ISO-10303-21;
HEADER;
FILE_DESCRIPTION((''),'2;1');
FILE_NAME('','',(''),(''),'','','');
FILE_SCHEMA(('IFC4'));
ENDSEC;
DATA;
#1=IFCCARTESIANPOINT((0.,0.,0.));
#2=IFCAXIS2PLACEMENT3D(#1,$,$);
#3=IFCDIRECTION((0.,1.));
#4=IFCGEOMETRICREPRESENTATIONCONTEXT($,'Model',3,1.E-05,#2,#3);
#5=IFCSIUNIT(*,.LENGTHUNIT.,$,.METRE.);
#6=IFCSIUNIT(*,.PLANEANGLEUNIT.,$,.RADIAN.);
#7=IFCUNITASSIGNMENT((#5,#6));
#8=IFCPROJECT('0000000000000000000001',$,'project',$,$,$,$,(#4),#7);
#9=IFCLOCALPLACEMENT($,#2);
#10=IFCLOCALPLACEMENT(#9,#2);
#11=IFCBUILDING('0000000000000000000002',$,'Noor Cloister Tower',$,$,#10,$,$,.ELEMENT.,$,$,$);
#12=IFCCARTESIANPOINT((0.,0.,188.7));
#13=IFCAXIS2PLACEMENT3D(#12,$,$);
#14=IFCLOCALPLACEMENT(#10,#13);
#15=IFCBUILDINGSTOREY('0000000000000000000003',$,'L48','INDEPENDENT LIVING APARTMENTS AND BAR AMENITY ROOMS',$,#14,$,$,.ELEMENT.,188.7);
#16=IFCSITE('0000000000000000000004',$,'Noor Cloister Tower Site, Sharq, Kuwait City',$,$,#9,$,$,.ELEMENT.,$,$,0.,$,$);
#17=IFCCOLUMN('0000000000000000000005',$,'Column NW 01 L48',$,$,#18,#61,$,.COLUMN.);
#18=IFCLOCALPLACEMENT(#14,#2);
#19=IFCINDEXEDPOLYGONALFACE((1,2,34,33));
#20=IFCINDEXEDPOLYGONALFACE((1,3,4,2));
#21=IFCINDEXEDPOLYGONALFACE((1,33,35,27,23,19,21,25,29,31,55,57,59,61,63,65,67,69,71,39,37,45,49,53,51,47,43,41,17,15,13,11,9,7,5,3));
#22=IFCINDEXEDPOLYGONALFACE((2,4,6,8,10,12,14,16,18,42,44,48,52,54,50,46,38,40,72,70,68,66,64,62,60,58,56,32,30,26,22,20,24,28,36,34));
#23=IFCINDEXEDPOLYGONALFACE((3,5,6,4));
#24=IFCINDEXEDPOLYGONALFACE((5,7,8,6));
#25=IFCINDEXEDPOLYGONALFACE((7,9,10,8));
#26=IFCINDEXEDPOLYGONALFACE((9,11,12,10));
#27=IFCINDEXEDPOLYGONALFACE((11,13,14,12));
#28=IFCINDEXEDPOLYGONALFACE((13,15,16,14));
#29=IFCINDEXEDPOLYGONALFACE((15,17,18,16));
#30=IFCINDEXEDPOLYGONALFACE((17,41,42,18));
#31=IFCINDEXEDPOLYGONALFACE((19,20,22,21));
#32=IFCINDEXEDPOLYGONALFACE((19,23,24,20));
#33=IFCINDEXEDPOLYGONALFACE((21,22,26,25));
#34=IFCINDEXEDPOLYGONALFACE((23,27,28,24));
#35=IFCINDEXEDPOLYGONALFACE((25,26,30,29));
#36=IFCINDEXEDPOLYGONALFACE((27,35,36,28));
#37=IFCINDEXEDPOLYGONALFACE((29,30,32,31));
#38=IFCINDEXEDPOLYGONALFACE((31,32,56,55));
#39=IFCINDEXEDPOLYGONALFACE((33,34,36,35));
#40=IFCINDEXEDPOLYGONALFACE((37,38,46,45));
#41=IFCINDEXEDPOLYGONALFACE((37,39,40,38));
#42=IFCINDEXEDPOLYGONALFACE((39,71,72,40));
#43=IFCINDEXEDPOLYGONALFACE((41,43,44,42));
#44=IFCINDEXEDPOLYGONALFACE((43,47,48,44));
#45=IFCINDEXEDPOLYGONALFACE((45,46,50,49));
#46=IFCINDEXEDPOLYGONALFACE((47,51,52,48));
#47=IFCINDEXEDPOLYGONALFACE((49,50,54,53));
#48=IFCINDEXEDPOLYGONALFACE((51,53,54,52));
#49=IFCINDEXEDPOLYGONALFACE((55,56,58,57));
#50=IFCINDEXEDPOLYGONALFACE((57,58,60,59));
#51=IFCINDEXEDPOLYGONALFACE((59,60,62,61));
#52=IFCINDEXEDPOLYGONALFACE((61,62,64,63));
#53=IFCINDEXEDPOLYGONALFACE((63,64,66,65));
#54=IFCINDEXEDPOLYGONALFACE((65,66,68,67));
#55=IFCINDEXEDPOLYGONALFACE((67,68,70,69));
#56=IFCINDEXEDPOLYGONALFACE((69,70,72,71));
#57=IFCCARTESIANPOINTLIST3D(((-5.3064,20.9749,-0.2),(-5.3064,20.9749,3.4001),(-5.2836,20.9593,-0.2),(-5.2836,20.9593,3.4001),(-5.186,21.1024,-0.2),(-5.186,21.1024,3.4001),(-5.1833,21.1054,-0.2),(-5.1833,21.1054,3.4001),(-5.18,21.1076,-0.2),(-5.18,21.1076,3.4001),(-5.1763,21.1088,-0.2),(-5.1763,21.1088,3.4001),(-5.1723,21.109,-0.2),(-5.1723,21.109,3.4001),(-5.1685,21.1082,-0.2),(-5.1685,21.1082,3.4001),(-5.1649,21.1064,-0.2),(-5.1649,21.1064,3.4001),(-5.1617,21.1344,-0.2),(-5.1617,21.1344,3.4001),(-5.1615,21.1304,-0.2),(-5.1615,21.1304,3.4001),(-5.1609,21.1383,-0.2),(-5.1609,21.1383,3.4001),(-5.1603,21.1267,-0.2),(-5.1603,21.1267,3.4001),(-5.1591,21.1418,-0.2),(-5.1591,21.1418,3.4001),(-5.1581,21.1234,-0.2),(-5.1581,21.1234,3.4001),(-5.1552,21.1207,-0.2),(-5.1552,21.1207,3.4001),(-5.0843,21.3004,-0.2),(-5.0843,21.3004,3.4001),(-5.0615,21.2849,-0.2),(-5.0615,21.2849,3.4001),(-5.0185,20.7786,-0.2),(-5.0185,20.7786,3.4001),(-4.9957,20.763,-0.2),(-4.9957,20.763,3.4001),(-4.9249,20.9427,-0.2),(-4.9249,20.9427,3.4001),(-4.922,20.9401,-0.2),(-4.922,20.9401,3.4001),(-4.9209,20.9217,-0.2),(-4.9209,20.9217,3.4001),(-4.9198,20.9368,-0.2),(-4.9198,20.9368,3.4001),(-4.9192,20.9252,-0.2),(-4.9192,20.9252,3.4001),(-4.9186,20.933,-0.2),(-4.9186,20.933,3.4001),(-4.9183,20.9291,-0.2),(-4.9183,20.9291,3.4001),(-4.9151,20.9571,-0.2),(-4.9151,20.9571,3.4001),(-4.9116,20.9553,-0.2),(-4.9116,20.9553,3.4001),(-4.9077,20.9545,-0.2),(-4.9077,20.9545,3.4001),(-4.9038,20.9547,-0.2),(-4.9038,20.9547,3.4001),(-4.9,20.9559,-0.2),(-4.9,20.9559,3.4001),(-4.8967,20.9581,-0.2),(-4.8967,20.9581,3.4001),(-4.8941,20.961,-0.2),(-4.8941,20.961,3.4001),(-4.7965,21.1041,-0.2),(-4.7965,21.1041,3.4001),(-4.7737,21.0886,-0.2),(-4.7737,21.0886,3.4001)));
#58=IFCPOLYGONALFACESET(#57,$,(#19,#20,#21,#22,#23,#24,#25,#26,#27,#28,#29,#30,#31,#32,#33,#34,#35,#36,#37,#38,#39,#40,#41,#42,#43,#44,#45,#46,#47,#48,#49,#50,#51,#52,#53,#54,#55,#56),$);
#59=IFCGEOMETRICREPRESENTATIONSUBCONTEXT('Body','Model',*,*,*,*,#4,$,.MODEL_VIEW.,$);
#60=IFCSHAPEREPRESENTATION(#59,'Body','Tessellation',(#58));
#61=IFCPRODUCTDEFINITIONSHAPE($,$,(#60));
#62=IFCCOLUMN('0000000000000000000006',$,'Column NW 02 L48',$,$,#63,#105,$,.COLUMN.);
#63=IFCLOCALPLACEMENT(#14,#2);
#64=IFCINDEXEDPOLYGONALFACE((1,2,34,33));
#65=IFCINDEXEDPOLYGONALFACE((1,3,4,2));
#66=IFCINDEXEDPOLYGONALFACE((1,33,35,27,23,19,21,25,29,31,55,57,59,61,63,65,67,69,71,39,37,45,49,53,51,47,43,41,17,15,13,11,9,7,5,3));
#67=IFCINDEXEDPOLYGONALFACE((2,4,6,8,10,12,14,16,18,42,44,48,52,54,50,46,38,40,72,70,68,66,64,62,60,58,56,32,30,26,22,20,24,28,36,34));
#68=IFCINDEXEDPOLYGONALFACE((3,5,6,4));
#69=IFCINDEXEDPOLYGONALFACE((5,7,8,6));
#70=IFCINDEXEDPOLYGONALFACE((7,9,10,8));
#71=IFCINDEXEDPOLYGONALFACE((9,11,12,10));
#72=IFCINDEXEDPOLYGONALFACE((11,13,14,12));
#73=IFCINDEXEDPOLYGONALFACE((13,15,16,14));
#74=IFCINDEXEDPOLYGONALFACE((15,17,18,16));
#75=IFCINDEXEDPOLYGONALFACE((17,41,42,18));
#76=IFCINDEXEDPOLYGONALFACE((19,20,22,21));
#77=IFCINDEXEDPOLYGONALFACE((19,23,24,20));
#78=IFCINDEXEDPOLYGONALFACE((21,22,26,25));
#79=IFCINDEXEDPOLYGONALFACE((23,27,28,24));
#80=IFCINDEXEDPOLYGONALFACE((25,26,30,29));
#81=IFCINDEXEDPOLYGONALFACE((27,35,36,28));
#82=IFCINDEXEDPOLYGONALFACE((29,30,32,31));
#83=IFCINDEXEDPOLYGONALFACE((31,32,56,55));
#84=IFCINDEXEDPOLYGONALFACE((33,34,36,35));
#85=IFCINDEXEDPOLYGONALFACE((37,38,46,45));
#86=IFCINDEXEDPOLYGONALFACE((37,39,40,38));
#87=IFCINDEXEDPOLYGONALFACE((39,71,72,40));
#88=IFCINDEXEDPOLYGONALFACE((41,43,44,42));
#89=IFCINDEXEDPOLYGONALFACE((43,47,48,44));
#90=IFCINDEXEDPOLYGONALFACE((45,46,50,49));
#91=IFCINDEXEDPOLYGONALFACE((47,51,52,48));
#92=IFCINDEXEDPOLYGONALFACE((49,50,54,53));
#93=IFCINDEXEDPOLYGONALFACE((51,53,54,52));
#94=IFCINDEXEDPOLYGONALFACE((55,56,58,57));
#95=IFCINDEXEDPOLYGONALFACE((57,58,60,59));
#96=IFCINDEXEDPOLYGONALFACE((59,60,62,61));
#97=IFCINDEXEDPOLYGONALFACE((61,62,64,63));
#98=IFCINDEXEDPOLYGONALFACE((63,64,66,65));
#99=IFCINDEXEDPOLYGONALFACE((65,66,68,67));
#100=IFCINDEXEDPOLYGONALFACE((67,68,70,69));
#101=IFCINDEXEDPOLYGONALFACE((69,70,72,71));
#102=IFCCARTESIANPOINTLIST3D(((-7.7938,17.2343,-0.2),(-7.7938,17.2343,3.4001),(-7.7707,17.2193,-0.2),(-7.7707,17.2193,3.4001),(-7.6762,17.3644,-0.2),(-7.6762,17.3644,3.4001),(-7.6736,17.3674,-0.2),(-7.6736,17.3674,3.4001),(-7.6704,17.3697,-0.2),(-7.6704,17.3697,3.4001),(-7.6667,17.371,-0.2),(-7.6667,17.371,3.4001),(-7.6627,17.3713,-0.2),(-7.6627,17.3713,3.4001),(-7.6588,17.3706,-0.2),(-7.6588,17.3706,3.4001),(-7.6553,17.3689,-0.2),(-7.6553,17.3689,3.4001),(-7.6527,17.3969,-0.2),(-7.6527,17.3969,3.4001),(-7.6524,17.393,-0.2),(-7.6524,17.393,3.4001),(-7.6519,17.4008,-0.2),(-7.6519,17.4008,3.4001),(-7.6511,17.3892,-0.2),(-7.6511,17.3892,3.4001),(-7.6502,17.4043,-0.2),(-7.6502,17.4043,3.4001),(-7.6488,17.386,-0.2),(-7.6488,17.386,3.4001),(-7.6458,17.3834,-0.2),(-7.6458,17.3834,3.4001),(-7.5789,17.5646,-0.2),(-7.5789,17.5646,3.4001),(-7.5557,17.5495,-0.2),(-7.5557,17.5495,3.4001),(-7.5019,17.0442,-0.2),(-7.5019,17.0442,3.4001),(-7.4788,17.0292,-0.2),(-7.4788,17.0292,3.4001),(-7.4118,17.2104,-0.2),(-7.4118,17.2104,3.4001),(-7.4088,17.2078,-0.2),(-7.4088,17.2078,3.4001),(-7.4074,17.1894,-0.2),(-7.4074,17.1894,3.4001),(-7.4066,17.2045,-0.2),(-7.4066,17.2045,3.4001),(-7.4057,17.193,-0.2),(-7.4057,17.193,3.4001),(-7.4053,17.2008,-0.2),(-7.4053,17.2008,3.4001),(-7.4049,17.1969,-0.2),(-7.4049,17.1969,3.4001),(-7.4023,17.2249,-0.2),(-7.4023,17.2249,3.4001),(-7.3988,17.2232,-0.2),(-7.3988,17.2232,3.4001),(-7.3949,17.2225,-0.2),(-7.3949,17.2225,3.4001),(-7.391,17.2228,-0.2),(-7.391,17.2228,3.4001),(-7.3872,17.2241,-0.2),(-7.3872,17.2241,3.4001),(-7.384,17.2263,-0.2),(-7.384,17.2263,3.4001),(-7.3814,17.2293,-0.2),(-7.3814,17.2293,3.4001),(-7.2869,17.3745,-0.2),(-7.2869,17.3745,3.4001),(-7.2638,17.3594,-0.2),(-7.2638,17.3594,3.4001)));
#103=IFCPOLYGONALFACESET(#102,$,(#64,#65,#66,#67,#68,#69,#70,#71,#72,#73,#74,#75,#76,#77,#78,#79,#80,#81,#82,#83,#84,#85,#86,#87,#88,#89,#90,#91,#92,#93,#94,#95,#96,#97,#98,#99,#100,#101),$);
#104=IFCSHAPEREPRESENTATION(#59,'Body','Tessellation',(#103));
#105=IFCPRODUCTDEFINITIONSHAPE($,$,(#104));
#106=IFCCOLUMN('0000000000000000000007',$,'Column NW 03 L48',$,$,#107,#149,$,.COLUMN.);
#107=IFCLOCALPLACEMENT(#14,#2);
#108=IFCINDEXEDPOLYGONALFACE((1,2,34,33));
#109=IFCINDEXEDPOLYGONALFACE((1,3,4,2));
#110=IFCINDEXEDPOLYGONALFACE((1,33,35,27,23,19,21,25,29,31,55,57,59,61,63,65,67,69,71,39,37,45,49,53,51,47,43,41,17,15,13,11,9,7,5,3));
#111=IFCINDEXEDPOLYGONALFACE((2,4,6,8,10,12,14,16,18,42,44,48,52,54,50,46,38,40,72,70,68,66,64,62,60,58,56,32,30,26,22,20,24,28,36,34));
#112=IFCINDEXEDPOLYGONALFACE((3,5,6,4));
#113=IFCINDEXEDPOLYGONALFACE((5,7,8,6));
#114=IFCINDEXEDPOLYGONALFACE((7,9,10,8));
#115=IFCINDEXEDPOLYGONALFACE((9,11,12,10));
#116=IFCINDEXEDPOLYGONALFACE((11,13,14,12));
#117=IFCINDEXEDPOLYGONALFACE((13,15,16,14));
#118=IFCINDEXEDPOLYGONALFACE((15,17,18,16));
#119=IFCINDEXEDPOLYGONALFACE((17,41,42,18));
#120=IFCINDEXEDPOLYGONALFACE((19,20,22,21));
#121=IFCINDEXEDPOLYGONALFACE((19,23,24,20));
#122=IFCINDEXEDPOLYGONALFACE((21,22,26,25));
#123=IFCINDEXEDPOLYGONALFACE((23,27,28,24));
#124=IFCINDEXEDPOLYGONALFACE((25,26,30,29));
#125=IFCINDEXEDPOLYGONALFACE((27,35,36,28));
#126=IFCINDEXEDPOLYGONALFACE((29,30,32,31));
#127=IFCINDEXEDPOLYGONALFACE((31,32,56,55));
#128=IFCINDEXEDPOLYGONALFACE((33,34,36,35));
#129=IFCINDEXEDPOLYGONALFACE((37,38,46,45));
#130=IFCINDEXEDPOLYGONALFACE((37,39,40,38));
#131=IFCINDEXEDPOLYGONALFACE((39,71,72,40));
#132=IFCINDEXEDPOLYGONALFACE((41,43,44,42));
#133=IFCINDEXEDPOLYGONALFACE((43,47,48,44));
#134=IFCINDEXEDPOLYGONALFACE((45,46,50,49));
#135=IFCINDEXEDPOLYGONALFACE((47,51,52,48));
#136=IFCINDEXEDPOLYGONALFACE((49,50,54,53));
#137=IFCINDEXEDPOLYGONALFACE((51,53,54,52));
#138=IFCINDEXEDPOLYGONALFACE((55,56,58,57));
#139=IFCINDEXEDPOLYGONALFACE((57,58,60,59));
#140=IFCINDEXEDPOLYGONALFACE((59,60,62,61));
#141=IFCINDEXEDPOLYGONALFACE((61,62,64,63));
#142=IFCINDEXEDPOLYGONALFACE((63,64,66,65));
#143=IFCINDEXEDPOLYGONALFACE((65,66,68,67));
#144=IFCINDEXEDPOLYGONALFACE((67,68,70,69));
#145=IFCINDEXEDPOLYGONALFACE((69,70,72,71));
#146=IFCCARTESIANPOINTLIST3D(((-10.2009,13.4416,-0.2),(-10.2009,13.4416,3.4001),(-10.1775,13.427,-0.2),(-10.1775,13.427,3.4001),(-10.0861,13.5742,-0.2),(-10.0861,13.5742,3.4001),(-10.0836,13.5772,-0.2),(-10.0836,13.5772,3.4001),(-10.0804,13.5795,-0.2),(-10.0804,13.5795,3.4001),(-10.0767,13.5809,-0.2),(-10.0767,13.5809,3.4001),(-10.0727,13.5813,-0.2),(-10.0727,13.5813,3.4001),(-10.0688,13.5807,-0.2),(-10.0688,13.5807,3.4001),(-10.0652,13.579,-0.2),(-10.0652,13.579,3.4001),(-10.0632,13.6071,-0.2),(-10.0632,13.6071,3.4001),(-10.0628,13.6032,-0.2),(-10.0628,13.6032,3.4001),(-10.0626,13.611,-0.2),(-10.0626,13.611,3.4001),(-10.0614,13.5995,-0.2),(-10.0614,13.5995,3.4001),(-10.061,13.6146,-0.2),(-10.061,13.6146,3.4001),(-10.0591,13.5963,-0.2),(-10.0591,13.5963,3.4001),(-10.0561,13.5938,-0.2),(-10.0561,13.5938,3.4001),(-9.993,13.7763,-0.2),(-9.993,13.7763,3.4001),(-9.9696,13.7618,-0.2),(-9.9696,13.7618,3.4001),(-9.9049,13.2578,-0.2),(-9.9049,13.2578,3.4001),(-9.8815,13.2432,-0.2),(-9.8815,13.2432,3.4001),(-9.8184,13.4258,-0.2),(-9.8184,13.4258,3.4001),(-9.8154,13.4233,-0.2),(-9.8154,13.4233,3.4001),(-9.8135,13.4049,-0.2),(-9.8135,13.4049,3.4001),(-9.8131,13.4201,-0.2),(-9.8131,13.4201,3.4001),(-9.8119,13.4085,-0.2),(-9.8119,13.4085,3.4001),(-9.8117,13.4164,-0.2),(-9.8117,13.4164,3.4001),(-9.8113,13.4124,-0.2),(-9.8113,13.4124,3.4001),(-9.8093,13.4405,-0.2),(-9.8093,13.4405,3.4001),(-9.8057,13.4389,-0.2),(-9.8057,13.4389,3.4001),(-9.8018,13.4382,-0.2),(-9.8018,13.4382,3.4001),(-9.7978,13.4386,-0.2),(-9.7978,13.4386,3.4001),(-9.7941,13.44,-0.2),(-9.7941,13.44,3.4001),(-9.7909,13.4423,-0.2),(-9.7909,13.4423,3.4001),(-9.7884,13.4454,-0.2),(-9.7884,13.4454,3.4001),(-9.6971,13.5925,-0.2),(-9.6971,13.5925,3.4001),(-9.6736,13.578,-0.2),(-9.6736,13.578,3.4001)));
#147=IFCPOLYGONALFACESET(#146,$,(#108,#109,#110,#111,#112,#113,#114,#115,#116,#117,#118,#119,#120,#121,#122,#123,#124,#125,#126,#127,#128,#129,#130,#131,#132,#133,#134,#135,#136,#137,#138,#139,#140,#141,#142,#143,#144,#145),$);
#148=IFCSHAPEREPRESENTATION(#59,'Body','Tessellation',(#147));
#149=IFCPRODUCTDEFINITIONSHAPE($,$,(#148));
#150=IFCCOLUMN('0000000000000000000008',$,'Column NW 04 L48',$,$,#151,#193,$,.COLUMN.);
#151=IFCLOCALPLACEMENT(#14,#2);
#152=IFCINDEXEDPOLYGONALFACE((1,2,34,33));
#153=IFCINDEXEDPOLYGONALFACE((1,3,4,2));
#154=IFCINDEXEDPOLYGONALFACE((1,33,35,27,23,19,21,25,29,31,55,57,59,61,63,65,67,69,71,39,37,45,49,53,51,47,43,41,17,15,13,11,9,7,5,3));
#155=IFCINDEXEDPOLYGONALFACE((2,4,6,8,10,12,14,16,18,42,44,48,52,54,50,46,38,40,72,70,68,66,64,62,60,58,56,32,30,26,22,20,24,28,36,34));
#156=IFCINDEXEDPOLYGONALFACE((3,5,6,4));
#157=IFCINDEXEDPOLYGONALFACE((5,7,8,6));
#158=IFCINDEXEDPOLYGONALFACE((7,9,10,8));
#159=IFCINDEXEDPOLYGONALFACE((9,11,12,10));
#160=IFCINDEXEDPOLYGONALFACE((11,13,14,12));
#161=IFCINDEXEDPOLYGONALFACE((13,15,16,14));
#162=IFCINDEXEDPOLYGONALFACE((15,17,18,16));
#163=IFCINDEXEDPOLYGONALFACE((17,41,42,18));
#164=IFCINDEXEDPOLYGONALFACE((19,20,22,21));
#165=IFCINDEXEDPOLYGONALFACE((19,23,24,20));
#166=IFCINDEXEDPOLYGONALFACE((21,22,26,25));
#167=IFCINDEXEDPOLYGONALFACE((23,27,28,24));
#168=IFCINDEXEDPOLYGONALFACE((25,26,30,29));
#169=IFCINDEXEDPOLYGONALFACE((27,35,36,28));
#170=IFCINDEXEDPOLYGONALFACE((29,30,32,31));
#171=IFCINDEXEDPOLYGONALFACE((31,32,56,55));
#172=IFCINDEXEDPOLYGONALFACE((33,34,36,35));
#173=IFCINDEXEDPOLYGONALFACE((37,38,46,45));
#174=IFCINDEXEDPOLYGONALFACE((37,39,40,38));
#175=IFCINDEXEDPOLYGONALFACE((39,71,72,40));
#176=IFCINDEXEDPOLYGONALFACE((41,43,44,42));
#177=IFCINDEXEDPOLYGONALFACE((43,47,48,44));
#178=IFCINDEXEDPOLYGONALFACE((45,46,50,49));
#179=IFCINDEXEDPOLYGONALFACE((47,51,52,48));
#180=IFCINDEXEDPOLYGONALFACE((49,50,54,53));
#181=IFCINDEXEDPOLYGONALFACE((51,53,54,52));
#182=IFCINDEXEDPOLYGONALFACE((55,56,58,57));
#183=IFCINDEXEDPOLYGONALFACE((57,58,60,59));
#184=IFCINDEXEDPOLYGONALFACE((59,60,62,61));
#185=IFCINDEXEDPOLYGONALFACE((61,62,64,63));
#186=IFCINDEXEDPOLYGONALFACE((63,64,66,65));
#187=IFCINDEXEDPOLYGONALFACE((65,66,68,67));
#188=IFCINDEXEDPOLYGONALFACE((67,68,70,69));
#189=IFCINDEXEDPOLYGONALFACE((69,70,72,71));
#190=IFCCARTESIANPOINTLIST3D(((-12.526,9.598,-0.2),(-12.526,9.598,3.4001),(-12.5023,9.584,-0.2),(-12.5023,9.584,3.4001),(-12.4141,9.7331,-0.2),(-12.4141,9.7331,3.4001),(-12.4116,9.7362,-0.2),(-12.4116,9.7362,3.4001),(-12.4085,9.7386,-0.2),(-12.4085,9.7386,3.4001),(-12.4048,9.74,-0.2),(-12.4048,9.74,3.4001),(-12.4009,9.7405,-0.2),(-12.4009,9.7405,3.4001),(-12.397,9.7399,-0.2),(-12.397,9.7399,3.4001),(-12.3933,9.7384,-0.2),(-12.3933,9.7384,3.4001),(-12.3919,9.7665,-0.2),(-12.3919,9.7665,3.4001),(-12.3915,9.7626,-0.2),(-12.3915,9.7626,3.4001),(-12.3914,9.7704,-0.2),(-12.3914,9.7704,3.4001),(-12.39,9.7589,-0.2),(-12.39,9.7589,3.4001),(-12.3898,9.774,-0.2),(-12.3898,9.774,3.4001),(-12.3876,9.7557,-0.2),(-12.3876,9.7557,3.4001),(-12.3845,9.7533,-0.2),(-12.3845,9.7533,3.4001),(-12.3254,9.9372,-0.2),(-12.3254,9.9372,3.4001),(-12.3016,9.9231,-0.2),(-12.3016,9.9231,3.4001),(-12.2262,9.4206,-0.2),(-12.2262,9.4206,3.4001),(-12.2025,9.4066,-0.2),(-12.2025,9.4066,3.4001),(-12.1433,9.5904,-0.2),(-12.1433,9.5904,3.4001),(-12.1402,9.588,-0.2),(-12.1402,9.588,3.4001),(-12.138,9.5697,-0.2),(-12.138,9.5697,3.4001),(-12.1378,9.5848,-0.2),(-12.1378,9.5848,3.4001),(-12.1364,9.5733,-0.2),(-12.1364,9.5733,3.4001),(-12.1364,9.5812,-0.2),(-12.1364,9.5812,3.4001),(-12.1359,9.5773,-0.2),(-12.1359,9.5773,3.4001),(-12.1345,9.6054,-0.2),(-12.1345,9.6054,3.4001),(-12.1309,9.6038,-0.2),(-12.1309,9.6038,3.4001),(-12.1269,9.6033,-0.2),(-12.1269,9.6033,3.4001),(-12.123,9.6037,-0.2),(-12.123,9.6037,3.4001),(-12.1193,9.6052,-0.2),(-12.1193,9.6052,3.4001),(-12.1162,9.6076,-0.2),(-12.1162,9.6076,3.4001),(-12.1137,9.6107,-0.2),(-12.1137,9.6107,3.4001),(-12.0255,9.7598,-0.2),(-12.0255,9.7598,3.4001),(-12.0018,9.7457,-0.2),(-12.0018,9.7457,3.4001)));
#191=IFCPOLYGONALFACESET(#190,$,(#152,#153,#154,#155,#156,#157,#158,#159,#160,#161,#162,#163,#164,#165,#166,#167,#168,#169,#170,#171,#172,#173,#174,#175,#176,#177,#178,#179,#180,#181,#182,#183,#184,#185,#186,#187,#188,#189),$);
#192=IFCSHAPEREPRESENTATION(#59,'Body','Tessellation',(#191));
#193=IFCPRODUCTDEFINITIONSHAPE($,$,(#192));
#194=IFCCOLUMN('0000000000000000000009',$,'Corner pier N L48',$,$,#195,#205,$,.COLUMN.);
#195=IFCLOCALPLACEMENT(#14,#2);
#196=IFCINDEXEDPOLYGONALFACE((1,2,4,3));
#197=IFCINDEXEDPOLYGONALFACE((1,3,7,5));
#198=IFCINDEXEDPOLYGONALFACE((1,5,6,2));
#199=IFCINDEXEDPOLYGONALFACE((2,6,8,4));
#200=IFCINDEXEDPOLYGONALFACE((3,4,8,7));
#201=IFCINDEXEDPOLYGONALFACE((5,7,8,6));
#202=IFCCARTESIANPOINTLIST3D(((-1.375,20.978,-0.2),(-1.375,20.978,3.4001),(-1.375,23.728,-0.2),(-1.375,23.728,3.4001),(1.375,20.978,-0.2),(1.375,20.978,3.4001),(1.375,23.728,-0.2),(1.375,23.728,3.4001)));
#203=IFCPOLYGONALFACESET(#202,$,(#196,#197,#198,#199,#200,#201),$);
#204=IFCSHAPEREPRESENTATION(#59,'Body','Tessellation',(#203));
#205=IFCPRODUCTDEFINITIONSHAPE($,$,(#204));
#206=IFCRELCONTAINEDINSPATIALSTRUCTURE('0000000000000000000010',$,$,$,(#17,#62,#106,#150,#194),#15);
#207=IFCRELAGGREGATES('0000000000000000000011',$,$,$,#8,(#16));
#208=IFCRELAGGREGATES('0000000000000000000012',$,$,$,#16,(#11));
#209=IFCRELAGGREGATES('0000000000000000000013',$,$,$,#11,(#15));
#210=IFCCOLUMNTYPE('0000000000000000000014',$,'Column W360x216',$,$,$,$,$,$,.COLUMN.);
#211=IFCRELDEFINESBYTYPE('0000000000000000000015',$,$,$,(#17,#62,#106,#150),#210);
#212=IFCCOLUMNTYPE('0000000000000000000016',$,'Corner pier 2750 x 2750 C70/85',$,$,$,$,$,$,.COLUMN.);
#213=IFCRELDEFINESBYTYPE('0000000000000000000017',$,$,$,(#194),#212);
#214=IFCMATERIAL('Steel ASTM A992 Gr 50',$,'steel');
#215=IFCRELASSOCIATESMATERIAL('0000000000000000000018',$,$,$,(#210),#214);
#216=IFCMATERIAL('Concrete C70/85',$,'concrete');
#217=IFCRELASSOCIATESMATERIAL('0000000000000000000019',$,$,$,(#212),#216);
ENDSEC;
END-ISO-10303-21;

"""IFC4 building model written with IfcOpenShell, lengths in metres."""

from ifc_helpers import new_model, si_unit, direction, frame, origin, origin_2d, place, context, subcontext, project, spatial, rectangle, i_section, extrude, material, material_profile, profile_set, type_object, element, save


model = new_model("IFC4")

# Units and contexts
model_context = context("Model", 3, precision=1e-05, world=origin(), true_north=direction((0.0, 1.0)))
body_context = subcontext(model_context, "Body", "Model", "MODEL_VIEW")
ifc_project = project(units=[si_unit("LENGTHUNIT", "METRE"), si_unit("PLANEANGLEUNIT", "RADIAN")], contexts=[model_context])

# Site, building, storey
site_placement = place(None, origin())
site = spatial("IfcSite", under=ifc_project, at=site_placement, Name="Noor Cloister Tower Site, Sharq, Kuwait City", CompositionType="ELEMENT", RefElevation=0.0)
building_placement = place(site_placement, origin())
building = spatial("IfcBuilding", under=site, at=building_placement, Name="Noor Cloister Tower", CompositionType="ELEMENT")
storey_placement = place(building_placement, frame((0.0, 0.0, 188.7)))
storey = spatial("IfcBuildingStorey", under=building, at=storey_placement, Name="L48", Description="INDEPENDENT LIVING APARTMENTS AND BAR AMENITY ROOMS", CompositionType="ELEMENT", Elevation=188.7)

# Columns
ifc_material_1 = material(Name="Steel ASTM A992 Gr 50", Category="steel")
ifc_material_profile_1 = material_profile(ifc_material_1, i_section(OverallWidth=0.394, OverallDepth=0.376, WebThickness=0.0173, FlangeThickness=0.0276, FilletRadius=0.0151, at=origin_2d()), Name="W360x216")
ifc_profile_set_1 = profile_set([ifc_material_profile_1], Name="Steel ASTM A992 Gr 50")
column_type_1 = type_object("IfcColumnType", Name="Column W360x216", PredefinedType="COLUMN", material=ifc_profile_set_1)
for number, where, z_axis, x_axis, name in (
    (1, (-5.04, 21.0317, -0.2), (0.0, 0.0, 1.0), (-0.563426, -0.826166, 0.0), "Column NW 01 L48"),
    (2, (-7.5288, 17.2969, -0.2), (0.0, 0.0, 1.0), (-0.545612, -0.838038, 0.0), "Column NW 02 L48"),
    (3, (-9.9373, 13.5098, -0.2), (0.0, 0.0, 1.0), (-0.527547, -0.849526, 0.0), "Column NW 03 L48"),
    (4, (-12.2639, 9.6719, -0.2), (0.0, 0.0, 1.0), (-0.509241, -0.860624, 0.0), "Column NW 04 L48"),
):
    element("IfcColumn", number, at=place(storey_placement, frame(where, z_axis=z_axis, x_axis=x_axis)), inside=storey, type_object=column_type_1, Name=name, PredefinedType="COLUMN", context=body_context, shape_type="SweptSolid", body=[
        extrude(i_section(OverallWidth=0.394, OverallDepth=0.376, WebThickness=0.0173, FlangeThickness=0.0276, FilletRadius=0.0151, at=origin_2d()), origin(), (0.0, 0.0, 1.0), 3.6001),
    ])
ifc_material_2 = material(Name="Concrete C70/85", Category="concrete")
ifc_material_profile_2 = material_profile(ifc_material_2, rectangle(XDim=2.75, YDim=2.75, at=origin_2d()), Name="RC 2750x2750")
ifc_profile_set_2 = profile_set([ifc_material_profile_2], Name="Concrete C70/85")
column_type_2 = type_object("IfcColumnType", Name="Corner pier 2750 x 2750 C70/85", PredefinedType="COLUMN", material=ifc_profile_set_2)
column_placement = place(storey_placement, frame((0.0, 22.353, -0.2), z_axis=(0.0, 0.0, 1.0), x_axis=(0.0, 1.0, 0.0)))
element("IfcColumn", 5, at=column_placement, inside=storey, type_object=column_type_2, Name="Corner pier N L48", PredefinedType="COLUMN", context=body_context, shape_type="SweptSolid", body=[
    extrude(rectangle(XDim=2.75, YDim=2.75, at=origin_2d()), origin(), (0.0, 0.0, 1.0), 3.6001),
])

save(model, "model.ifc")
